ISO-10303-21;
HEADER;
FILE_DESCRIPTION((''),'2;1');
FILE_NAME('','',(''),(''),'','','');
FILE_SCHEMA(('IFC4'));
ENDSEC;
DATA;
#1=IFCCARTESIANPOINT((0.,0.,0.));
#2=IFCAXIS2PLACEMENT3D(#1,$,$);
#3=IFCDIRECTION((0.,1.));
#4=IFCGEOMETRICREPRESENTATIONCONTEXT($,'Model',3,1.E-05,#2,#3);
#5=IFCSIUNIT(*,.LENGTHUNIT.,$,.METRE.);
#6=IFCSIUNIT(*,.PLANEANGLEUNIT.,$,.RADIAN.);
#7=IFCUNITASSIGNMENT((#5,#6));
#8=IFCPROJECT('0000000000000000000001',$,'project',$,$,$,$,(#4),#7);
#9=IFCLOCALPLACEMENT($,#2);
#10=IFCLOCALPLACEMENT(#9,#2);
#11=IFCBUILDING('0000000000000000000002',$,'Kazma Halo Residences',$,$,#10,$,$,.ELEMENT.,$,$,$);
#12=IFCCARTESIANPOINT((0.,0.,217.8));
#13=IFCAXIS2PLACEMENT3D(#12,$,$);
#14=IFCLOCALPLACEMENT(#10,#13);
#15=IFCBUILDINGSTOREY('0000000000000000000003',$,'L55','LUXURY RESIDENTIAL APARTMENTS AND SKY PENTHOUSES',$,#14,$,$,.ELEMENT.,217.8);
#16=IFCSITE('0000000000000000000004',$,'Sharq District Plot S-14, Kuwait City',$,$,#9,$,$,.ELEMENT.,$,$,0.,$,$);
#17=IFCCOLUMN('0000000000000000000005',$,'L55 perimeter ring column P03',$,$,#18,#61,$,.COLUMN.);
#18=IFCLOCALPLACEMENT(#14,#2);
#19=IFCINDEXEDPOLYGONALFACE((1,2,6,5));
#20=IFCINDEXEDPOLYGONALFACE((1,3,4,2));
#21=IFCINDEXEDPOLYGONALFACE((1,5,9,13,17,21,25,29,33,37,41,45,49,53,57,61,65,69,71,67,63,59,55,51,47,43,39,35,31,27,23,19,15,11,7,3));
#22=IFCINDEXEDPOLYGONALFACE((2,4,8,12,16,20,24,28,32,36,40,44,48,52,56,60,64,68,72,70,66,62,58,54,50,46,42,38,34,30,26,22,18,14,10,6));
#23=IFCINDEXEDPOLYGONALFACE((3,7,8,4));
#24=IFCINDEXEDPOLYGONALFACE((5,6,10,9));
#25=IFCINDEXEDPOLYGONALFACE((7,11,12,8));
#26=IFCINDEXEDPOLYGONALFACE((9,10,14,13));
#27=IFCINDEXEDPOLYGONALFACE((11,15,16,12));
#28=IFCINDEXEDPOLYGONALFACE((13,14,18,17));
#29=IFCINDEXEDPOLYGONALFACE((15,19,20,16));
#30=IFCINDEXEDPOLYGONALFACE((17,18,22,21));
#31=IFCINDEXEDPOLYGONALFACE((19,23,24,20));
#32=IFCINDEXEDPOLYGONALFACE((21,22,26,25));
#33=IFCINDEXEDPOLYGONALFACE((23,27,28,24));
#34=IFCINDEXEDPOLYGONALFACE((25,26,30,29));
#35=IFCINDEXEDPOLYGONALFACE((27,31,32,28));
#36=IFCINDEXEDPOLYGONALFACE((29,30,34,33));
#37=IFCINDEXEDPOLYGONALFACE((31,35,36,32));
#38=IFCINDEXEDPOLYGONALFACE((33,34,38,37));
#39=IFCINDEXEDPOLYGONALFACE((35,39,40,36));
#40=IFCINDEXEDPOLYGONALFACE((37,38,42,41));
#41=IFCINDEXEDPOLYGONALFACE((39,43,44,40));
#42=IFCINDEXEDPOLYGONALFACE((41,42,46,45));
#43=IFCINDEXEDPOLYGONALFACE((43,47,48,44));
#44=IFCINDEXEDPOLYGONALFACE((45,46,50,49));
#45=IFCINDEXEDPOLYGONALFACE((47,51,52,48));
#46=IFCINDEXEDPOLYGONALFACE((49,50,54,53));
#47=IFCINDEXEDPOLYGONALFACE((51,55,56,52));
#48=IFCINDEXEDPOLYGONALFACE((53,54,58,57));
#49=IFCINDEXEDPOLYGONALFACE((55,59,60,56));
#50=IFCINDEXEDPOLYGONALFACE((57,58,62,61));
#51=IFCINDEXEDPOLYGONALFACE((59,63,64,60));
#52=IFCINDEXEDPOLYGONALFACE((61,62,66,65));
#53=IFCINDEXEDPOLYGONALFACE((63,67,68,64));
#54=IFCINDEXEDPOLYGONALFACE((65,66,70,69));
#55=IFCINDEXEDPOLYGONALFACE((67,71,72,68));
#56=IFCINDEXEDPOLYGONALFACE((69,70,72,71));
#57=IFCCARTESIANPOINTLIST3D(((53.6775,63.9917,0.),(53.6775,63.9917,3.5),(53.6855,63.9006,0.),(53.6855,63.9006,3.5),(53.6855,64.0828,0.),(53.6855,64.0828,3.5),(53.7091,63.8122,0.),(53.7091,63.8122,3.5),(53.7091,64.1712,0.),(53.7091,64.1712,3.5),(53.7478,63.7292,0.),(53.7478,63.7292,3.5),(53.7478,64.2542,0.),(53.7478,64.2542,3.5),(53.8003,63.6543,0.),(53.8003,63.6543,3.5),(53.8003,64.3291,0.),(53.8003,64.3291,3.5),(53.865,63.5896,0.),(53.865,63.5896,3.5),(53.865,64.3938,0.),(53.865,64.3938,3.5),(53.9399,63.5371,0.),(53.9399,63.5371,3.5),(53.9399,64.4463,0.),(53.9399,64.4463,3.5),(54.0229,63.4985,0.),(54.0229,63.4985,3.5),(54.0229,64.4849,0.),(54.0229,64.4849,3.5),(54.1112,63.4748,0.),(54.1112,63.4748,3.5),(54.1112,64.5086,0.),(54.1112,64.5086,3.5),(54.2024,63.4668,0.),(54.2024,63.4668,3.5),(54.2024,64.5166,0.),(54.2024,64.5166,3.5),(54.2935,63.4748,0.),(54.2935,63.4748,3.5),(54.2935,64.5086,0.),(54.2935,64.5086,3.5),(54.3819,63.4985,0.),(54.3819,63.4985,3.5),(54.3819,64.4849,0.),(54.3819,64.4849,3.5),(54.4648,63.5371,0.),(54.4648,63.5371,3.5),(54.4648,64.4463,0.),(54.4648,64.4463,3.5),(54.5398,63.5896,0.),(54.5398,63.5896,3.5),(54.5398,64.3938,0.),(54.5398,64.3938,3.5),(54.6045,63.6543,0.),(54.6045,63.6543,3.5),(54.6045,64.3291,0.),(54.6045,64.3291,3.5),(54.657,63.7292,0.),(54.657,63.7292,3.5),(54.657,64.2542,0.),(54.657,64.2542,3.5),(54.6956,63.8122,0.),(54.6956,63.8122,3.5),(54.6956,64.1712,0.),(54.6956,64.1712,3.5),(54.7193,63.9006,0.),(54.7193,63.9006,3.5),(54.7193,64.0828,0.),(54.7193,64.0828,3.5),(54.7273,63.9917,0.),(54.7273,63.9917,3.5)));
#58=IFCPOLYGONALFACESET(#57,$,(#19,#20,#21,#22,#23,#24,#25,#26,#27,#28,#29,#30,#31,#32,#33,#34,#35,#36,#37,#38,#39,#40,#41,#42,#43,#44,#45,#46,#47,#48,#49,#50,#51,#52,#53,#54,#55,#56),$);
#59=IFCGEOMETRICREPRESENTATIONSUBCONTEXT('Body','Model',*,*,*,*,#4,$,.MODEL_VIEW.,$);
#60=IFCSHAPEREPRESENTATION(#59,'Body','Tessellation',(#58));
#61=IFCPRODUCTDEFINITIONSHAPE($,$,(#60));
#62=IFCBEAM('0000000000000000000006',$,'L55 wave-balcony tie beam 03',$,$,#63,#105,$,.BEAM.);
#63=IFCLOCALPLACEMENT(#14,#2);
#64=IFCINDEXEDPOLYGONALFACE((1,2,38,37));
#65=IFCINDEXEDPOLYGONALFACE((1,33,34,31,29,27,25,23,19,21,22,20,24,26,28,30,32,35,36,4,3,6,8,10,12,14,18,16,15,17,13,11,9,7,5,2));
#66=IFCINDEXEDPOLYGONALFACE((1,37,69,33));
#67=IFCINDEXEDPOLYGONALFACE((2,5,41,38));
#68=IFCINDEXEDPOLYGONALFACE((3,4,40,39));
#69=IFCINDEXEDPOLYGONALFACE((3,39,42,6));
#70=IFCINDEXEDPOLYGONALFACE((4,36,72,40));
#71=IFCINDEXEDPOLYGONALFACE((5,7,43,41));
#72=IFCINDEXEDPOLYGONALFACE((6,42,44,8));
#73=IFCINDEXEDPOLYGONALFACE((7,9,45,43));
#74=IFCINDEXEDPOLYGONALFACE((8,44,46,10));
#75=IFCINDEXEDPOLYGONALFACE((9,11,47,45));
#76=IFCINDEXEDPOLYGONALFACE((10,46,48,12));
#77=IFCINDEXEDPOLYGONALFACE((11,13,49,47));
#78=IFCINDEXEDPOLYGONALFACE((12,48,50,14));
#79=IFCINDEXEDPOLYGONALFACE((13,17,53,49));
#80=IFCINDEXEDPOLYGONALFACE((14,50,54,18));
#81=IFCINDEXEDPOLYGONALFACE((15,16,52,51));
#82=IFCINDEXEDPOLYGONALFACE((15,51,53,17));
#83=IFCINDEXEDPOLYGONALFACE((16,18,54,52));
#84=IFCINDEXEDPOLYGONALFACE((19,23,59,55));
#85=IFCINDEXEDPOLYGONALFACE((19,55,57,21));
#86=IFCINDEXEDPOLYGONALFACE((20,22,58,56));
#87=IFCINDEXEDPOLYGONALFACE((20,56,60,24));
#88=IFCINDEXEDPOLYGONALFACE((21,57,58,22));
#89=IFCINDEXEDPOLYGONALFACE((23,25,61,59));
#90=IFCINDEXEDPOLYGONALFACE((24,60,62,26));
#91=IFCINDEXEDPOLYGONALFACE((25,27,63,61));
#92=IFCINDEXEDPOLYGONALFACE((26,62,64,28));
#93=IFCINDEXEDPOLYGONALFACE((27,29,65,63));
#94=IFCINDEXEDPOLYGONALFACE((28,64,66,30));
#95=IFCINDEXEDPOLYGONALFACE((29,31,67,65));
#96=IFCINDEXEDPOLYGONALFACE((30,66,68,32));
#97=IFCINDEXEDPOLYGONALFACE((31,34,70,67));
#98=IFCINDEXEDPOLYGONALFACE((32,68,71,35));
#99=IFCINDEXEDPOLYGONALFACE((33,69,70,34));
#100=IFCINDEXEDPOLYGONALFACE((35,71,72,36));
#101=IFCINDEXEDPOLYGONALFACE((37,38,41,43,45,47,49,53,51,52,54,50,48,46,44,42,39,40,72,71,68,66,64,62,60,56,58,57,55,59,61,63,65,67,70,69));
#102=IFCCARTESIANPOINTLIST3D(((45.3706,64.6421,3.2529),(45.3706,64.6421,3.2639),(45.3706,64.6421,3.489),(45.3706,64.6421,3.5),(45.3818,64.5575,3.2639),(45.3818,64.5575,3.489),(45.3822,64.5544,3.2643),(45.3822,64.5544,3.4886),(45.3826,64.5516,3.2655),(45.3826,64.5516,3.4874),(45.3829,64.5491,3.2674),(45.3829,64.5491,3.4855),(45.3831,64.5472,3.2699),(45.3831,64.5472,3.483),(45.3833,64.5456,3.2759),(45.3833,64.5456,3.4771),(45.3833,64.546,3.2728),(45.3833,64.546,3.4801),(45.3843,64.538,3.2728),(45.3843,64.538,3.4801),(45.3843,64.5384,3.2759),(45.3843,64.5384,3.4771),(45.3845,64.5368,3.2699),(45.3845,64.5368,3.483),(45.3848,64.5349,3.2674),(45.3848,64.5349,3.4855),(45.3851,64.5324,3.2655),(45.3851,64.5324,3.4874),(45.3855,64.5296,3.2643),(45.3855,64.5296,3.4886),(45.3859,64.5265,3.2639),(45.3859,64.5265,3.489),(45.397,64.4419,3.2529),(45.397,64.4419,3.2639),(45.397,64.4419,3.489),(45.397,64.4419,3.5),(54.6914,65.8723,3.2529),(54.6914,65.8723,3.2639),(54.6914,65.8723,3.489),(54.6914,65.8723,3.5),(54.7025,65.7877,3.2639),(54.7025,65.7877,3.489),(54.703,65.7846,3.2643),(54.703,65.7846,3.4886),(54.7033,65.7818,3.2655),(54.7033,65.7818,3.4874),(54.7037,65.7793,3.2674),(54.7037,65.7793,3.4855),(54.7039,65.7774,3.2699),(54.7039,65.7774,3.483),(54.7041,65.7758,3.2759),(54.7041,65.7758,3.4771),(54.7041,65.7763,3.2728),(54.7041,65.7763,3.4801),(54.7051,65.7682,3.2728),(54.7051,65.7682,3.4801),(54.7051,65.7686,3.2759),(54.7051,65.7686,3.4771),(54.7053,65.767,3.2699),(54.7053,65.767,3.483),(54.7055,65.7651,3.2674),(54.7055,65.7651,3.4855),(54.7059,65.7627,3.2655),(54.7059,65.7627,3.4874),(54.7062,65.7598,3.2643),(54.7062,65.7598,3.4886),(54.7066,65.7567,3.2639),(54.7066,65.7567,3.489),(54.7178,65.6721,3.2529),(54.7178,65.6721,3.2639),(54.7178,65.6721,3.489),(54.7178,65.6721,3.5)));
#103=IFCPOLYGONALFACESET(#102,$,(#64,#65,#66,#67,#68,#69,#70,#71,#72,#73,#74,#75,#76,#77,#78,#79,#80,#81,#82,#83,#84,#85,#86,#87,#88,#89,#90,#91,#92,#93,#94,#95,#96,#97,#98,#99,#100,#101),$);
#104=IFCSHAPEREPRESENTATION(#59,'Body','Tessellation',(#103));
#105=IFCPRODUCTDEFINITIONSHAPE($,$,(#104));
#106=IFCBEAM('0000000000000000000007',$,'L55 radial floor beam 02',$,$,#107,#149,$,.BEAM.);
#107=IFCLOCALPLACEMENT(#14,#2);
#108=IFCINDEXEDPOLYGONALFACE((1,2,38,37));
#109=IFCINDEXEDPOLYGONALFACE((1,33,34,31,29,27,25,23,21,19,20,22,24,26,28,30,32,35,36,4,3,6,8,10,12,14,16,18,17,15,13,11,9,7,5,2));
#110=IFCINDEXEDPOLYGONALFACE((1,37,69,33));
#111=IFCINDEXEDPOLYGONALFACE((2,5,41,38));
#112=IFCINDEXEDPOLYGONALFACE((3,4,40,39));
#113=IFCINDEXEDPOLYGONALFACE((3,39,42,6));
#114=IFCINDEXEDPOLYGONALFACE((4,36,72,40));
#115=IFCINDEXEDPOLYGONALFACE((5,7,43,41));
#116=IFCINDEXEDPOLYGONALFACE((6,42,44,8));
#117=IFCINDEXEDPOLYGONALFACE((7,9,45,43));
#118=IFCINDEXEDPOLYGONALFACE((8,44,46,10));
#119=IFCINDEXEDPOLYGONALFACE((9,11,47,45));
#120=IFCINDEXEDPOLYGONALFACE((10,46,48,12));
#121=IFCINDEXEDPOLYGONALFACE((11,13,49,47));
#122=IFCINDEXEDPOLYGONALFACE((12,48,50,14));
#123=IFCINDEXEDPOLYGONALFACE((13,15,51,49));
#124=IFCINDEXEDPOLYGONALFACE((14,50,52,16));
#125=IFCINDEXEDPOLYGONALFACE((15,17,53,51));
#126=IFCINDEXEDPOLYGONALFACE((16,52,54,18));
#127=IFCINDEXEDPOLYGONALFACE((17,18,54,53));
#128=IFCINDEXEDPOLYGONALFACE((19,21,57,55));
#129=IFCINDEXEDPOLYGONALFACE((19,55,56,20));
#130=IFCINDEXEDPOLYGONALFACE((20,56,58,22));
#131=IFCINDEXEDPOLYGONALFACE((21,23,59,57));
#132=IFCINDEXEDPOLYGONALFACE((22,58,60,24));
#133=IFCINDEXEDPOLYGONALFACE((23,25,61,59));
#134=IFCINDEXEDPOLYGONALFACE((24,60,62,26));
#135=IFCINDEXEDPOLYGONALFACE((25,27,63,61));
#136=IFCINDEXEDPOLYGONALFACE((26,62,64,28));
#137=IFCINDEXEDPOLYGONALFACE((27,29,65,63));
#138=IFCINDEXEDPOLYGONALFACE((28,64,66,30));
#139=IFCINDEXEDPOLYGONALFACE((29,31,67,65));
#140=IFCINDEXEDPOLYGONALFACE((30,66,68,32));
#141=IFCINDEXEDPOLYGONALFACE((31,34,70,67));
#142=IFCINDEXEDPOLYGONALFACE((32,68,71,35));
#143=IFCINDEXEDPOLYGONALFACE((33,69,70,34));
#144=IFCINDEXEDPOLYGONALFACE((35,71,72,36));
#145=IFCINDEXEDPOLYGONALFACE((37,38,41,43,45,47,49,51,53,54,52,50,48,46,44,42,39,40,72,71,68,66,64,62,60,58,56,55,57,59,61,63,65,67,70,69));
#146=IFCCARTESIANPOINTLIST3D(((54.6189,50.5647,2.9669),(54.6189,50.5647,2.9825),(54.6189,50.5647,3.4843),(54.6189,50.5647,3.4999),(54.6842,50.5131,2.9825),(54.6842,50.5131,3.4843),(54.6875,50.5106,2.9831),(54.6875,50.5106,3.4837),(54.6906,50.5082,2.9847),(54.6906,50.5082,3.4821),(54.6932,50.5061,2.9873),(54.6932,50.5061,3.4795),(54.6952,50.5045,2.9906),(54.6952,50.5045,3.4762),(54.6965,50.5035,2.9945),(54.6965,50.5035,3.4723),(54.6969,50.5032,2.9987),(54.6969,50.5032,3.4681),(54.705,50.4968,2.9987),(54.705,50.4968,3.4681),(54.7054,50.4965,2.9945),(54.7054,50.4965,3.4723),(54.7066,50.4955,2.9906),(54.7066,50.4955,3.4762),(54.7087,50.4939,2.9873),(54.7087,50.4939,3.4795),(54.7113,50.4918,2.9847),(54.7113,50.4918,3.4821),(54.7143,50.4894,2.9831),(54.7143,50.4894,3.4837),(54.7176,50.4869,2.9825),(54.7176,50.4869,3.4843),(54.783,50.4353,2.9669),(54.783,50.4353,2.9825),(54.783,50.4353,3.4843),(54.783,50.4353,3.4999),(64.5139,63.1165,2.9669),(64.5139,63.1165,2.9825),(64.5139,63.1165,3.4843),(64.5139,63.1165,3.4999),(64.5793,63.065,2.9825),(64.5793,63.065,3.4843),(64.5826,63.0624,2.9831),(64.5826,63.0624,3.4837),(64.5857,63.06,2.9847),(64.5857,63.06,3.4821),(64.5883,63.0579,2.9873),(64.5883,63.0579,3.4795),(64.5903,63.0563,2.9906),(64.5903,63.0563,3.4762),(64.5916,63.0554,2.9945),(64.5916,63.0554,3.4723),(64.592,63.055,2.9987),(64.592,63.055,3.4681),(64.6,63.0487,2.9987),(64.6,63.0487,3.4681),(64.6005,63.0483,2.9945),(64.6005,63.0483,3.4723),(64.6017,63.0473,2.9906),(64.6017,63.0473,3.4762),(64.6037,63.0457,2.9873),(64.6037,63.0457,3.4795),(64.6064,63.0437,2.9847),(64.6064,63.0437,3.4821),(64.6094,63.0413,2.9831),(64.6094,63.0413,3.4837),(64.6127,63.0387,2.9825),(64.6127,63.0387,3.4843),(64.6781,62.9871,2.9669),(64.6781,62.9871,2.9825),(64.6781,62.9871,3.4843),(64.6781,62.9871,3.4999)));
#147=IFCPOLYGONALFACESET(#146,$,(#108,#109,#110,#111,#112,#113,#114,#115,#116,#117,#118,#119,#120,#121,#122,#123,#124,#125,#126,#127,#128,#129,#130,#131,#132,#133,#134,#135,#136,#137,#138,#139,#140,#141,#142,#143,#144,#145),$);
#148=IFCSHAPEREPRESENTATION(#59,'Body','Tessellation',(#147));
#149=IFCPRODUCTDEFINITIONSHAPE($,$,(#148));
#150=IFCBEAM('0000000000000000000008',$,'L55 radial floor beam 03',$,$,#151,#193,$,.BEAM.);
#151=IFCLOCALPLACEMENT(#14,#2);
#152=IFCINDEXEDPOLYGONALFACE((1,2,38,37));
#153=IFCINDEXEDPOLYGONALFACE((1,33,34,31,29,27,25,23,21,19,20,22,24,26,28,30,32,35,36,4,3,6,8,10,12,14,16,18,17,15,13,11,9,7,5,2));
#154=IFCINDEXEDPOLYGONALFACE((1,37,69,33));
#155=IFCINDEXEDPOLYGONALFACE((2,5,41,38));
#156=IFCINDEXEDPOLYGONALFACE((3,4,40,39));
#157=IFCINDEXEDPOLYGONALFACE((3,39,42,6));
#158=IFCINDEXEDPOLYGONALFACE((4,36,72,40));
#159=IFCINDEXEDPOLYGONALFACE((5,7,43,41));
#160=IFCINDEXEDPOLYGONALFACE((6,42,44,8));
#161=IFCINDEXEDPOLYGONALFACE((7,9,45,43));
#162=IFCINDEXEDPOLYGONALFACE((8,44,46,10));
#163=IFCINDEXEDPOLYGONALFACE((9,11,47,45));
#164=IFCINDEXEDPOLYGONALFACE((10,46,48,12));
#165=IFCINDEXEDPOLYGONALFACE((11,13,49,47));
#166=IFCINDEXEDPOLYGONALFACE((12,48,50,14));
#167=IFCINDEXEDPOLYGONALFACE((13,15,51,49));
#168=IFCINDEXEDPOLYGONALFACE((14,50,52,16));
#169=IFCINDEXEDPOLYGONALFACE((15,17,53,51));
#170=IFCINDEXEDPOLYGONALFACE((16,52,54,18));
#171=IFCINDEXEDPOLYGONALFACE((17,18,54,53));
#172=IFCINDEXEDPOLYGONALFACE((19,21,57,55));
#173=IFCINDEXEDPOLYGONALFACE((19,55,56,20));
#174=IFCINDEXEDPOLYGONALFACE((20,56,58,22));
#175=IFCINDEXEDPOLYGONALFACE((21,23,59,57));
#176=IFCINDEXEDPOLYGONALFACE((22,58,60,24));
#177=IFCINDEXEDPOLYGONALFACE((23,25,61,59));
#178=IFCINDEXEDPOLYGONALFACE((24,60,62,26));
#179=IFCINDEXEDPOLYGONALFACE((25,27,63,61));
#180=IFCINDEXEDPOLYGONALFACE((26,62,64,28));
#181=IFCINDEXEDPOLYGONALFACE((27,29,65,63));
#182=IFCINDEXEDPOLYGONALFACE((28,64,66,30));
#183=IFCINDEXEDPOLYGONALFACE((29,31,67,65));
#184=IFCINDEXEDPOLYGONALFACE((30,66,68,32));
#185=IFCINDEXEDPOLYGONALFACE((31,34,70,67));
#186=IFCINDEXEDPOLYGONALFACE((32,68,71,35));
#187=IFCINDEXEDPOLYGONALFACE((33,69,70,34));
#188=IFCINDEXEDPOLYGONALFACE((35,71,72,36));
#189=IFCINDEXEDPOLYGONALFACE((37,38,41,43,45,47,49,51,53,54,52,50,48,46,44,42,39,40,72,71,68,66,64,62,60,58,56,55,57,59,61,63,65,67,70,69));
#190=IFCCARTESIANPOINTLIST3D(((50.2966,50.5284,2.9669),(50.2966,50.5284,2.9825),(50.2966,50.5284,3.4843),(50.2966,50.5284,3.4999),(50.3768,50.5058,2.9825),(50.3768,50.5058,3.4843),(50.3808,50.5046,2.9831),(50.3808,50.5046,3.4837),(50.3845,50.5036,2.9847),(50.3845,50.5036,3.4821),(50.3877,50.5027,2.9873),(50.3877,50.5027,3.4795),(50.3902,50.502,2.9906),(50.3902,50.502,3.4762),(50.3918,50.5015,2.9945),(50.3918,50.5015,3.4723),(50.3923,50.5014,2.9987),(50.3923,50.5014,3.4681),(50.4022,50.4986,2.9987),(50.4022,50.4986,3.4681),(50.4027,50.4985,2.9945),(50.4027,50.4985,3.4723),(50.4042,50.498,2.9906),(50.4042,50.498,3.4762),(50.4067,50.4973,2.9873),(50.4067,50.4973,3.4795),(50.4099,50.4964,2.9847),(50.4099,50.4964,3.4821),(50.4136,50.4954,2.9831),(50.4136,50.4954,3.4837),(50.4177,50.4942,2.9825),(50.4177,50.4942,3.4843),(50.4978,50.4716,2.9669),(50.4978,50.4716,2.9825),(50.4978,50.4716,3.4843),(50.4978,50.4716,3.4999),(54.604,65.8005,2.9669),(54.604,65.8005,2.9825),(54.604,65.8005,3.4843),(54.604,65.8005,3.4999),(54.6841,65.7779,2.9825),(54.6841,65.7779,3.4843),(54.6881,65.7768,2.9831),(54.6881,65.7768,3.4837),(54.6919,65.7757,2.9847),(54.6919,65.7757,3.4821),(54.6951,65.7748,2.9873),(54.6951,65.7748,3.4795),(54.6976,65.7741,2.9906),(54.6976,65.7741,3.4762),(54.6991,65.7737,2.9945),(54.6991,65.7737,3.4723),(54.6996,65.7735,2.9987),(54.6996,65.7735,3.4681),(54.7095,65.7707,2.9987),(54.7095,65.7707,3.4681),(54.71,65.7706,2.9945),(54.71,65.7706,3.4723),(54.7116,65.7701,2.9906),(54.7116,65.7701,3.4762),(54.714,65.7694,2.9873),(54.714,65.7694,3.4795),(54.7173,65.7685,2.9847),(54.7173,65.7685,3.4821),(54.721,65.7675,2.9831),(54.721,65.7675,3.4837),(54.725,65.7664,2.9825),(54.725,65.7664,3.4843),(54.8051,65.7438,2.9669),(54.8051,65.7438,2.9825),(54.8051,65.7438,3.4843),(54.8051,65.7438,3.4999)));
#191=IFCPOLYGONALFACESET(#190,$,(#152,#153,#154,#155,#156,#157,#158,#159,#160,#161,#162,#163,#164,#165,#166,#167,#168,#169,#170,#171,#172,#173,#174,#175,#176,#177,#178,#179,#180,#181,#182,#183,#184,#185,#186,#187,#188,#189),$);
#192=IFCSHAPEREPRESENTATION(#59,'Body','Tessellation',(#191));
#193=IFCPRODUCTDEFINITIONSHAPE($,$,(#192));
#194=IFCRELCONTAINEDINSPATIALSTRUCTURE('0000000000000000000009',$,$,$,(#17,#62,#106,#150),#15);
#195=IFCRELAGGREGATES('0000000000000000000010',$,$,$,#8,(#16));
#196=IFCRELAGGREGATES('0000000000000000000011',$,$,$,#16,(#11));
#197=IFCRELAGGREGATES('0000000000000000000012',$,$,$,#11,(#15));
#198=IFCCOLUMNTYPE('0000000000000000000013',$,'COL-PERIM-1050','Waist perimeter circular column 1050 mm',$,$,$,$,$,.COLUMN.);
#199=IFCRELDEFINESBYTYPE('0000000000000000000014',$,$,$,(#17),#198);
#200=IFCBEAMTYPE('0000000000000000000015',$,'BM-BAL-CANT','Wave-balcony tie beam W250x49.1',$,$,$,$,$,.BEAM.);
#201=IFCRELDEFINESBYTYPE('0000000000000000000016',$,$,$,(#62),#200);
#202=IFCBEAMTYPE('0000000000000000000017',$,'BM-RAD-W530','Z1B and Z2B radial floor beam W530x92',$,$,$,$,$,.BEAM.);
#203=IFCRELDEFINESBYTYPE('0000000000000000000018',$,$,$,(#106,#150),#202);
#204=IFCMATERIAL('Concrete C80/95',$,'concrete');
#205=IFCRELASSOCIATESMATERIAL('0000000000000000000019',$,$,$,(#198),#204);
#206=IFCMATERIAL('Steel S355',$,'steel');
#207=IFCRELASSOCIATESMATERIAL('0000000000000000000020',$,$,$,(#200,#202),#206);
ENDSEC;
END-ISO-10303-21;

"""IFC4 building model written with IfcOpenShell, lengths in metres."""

from ifc_helpers import new_model, si_unit, direction, frame, origin, origin_2d, place, context, subcontext, project, spatial, circle, i_section, extrude, material, material_profile, profile_set, type_object, element, save


model = new_model("IFC4")

# Units and contexts
model_context = context("Model", 3, precision=1e-05, world=origin(), true_north=direction((0.0, 1.0)))
body_context = subcontext(model_context, "Body", "Model", "MODEL_VIEW")
ifc_project = project(units=[si_unit("LENGTHUNIT", "METRE"), si_unit("PLANEANGLEUNIT", "RADIAN")], contexts=[model_context])

# Site, building, storey
site_placement = place(None, origin())
site = spatial("IfcSite", under=ifc_project, at=site_placement, Name="Sharq District Plot S-14, Kuwait City", CompositionType="ELEMENT", RefElevation=0.0)
building_placement = place(site_placement, origin())
building = spatial("IfcBuilding", under=site, at=building_placement, Name="Kazma Halo Residences", CompositionType="ELEMENT")
storey_placement = place(building_placement, frame((0.0, 0.0, 217.8)))
storey = spatial("IfcBuildingStorey", under=building, at=storey_placement, Name="L55", Description="LUXURY RESIDENTIAL APARTMENTS AND SKY PENTHOUSES", CompositionType="ELEMENT", Elevation=217.8)

# Column
ifc_material_1 = material(Name="Concrete C80/95", Category="concrete")
ifc_material_profile_1 = material_profile(ifc_material_1, circle(Radius=0.5249, at=origin_2d()), Name="CIRC1050")
ifc_profile_set_1 = profile_set([ifc_material_profile_1], Name="Concrete C80/95")
column_type = type_object("IfcColumnType", Name="COL-PERIM-1050", Description="Waist perimeter circular column 1050 mm", PredefinedType="COLUMN", material=ifc_profile_set_1)
column_placement = place(storey_placement, frame((54.2024, 63.9917, 0.0), z_axis=(0.0, 0.0, 1.0), x_axis=(1.0, 0.0, 0.0)))
element("IfcColumn", 1, at=column_placement, inside=storey, type_object=column_type, Name="L55 perimeter ring column P03", PredefinedType="COLUMN", context=body_context, shape_type="SweptSolid", body=[
    extrude(circle(Radius=0.5249, at=origin_2d()), origin(), (0.0, 0.0, 1.0), 3.5),
])

# Beams
ifc_material_2 = material(Name="Steel S355", Category="steel")
ifc_material_profile_2 = material_profile(ifc_material_2, i_section(OverallWidth=0.2019, OverallDepth=0.2471, WebThickness=0.0073, FlangeThickness=0.011, FilletRadius=0.012, at=origin_2d()), Name="W250x49.1")
ifc_profile_set_2 = profile_set([ifc_material_profile_2], Name="Steel S355")
beam_type_1 = type_object("IfcBeamType", Name="BM-BAL-CANT", Description="Wave-balcony tie beam W250x49.1", PredefinedType="BEAM", material=ifc_profile_set_2)
beam_1_placement = place(storey_placement, frame((54.7046, 65.7722, 3.3765), z_axis=(-0.991402, -0.130852, 0.0), x_axis=(0.130852, -0.991402, 0.0)))
element("IfcBeam", 2, at=beam_1_placement, inside=storey, type_object=beam_type_1, Name="L55 wave-balcony tie beam 03", PredefinedType="BEAM", context=body_context, shape_type="SweptSolid", body=[
    extrude(i_section(OverallWidth=0.2019, OverallDepth=0.2471, WebThickness=0.0073, FlangeThickness=0.011, FilletRadius=0.012, at=origin_2d()), origin(), (0.0, 0.0, 1.0), 9.4016),
])
ifc_material_profile_3 = material_profile(ifc_material_2, i_section(OverallWidth=0.209, OverallDepth=0.533, WebThickness=0.0103, FlangeThickness=0.0156, FilletRadius=0.0161, at=origin_2d()), Name="W530x92")
ifc_profile_set_3 = profile_set([ifc_material_profile_3], Name="Steel S355")
beam_type_2 = type_object("IfcBeamType", Name="BM-RAD-W530", Description="Z1B and Z2B radial floor beam W530x92", PredefinedType="BEAM", material=ifc_profile_set_3)
beam_2_placement = place(storey_placement, frame((54.7009, 50.5, 3.2334), z_axis=(0.619094, 0.785317, 0.0), x_axis=(-0.785317, 0.619094, 0.0)))
element("IfcBeam", 3, at=beam_2_placement, inside=storey, type_object=beam_type_2, Name="L55 radial floor beam 02", PredefinedType="BEAM", context=body_context, shape_type="SweptSolid", body=[
    extrude(i_section(OverallWidth=0.209, OverallDepth=0.533, WebThickness=0.0103, FlangeThickness=0.0156, FilletRadius=0.0161, at=origin_2d()), origin(), (0.0, 0.0, 1.0), 15.9832),
])
beam_3_placement = place(storey_placement, frame((50.3972, 50.5, 3.2334), z_axis=(0.27145, 0.962453, 0.0), x_axis=(-0.962453, 0.27145, 0.0)))
element("IfcBeam", 4, at=beam_3_placement, inside=storey, type_object=beam_type_2, Name="L55 radial floor beam 03", PredefinedType="BEAM", context=body_context, shape_type="SweptSolid", body=[
    extrude(i_section(OverallWidth=0.209, OverallDepth=0.533, WebThickness=0.0103, FlangeThickness=0.0156, FilletRadius=0.0161, at=origin_2d()), origin(), (0.0, 0.0, 1.0), 15.8679),
])

save(model, "model.ifc")
